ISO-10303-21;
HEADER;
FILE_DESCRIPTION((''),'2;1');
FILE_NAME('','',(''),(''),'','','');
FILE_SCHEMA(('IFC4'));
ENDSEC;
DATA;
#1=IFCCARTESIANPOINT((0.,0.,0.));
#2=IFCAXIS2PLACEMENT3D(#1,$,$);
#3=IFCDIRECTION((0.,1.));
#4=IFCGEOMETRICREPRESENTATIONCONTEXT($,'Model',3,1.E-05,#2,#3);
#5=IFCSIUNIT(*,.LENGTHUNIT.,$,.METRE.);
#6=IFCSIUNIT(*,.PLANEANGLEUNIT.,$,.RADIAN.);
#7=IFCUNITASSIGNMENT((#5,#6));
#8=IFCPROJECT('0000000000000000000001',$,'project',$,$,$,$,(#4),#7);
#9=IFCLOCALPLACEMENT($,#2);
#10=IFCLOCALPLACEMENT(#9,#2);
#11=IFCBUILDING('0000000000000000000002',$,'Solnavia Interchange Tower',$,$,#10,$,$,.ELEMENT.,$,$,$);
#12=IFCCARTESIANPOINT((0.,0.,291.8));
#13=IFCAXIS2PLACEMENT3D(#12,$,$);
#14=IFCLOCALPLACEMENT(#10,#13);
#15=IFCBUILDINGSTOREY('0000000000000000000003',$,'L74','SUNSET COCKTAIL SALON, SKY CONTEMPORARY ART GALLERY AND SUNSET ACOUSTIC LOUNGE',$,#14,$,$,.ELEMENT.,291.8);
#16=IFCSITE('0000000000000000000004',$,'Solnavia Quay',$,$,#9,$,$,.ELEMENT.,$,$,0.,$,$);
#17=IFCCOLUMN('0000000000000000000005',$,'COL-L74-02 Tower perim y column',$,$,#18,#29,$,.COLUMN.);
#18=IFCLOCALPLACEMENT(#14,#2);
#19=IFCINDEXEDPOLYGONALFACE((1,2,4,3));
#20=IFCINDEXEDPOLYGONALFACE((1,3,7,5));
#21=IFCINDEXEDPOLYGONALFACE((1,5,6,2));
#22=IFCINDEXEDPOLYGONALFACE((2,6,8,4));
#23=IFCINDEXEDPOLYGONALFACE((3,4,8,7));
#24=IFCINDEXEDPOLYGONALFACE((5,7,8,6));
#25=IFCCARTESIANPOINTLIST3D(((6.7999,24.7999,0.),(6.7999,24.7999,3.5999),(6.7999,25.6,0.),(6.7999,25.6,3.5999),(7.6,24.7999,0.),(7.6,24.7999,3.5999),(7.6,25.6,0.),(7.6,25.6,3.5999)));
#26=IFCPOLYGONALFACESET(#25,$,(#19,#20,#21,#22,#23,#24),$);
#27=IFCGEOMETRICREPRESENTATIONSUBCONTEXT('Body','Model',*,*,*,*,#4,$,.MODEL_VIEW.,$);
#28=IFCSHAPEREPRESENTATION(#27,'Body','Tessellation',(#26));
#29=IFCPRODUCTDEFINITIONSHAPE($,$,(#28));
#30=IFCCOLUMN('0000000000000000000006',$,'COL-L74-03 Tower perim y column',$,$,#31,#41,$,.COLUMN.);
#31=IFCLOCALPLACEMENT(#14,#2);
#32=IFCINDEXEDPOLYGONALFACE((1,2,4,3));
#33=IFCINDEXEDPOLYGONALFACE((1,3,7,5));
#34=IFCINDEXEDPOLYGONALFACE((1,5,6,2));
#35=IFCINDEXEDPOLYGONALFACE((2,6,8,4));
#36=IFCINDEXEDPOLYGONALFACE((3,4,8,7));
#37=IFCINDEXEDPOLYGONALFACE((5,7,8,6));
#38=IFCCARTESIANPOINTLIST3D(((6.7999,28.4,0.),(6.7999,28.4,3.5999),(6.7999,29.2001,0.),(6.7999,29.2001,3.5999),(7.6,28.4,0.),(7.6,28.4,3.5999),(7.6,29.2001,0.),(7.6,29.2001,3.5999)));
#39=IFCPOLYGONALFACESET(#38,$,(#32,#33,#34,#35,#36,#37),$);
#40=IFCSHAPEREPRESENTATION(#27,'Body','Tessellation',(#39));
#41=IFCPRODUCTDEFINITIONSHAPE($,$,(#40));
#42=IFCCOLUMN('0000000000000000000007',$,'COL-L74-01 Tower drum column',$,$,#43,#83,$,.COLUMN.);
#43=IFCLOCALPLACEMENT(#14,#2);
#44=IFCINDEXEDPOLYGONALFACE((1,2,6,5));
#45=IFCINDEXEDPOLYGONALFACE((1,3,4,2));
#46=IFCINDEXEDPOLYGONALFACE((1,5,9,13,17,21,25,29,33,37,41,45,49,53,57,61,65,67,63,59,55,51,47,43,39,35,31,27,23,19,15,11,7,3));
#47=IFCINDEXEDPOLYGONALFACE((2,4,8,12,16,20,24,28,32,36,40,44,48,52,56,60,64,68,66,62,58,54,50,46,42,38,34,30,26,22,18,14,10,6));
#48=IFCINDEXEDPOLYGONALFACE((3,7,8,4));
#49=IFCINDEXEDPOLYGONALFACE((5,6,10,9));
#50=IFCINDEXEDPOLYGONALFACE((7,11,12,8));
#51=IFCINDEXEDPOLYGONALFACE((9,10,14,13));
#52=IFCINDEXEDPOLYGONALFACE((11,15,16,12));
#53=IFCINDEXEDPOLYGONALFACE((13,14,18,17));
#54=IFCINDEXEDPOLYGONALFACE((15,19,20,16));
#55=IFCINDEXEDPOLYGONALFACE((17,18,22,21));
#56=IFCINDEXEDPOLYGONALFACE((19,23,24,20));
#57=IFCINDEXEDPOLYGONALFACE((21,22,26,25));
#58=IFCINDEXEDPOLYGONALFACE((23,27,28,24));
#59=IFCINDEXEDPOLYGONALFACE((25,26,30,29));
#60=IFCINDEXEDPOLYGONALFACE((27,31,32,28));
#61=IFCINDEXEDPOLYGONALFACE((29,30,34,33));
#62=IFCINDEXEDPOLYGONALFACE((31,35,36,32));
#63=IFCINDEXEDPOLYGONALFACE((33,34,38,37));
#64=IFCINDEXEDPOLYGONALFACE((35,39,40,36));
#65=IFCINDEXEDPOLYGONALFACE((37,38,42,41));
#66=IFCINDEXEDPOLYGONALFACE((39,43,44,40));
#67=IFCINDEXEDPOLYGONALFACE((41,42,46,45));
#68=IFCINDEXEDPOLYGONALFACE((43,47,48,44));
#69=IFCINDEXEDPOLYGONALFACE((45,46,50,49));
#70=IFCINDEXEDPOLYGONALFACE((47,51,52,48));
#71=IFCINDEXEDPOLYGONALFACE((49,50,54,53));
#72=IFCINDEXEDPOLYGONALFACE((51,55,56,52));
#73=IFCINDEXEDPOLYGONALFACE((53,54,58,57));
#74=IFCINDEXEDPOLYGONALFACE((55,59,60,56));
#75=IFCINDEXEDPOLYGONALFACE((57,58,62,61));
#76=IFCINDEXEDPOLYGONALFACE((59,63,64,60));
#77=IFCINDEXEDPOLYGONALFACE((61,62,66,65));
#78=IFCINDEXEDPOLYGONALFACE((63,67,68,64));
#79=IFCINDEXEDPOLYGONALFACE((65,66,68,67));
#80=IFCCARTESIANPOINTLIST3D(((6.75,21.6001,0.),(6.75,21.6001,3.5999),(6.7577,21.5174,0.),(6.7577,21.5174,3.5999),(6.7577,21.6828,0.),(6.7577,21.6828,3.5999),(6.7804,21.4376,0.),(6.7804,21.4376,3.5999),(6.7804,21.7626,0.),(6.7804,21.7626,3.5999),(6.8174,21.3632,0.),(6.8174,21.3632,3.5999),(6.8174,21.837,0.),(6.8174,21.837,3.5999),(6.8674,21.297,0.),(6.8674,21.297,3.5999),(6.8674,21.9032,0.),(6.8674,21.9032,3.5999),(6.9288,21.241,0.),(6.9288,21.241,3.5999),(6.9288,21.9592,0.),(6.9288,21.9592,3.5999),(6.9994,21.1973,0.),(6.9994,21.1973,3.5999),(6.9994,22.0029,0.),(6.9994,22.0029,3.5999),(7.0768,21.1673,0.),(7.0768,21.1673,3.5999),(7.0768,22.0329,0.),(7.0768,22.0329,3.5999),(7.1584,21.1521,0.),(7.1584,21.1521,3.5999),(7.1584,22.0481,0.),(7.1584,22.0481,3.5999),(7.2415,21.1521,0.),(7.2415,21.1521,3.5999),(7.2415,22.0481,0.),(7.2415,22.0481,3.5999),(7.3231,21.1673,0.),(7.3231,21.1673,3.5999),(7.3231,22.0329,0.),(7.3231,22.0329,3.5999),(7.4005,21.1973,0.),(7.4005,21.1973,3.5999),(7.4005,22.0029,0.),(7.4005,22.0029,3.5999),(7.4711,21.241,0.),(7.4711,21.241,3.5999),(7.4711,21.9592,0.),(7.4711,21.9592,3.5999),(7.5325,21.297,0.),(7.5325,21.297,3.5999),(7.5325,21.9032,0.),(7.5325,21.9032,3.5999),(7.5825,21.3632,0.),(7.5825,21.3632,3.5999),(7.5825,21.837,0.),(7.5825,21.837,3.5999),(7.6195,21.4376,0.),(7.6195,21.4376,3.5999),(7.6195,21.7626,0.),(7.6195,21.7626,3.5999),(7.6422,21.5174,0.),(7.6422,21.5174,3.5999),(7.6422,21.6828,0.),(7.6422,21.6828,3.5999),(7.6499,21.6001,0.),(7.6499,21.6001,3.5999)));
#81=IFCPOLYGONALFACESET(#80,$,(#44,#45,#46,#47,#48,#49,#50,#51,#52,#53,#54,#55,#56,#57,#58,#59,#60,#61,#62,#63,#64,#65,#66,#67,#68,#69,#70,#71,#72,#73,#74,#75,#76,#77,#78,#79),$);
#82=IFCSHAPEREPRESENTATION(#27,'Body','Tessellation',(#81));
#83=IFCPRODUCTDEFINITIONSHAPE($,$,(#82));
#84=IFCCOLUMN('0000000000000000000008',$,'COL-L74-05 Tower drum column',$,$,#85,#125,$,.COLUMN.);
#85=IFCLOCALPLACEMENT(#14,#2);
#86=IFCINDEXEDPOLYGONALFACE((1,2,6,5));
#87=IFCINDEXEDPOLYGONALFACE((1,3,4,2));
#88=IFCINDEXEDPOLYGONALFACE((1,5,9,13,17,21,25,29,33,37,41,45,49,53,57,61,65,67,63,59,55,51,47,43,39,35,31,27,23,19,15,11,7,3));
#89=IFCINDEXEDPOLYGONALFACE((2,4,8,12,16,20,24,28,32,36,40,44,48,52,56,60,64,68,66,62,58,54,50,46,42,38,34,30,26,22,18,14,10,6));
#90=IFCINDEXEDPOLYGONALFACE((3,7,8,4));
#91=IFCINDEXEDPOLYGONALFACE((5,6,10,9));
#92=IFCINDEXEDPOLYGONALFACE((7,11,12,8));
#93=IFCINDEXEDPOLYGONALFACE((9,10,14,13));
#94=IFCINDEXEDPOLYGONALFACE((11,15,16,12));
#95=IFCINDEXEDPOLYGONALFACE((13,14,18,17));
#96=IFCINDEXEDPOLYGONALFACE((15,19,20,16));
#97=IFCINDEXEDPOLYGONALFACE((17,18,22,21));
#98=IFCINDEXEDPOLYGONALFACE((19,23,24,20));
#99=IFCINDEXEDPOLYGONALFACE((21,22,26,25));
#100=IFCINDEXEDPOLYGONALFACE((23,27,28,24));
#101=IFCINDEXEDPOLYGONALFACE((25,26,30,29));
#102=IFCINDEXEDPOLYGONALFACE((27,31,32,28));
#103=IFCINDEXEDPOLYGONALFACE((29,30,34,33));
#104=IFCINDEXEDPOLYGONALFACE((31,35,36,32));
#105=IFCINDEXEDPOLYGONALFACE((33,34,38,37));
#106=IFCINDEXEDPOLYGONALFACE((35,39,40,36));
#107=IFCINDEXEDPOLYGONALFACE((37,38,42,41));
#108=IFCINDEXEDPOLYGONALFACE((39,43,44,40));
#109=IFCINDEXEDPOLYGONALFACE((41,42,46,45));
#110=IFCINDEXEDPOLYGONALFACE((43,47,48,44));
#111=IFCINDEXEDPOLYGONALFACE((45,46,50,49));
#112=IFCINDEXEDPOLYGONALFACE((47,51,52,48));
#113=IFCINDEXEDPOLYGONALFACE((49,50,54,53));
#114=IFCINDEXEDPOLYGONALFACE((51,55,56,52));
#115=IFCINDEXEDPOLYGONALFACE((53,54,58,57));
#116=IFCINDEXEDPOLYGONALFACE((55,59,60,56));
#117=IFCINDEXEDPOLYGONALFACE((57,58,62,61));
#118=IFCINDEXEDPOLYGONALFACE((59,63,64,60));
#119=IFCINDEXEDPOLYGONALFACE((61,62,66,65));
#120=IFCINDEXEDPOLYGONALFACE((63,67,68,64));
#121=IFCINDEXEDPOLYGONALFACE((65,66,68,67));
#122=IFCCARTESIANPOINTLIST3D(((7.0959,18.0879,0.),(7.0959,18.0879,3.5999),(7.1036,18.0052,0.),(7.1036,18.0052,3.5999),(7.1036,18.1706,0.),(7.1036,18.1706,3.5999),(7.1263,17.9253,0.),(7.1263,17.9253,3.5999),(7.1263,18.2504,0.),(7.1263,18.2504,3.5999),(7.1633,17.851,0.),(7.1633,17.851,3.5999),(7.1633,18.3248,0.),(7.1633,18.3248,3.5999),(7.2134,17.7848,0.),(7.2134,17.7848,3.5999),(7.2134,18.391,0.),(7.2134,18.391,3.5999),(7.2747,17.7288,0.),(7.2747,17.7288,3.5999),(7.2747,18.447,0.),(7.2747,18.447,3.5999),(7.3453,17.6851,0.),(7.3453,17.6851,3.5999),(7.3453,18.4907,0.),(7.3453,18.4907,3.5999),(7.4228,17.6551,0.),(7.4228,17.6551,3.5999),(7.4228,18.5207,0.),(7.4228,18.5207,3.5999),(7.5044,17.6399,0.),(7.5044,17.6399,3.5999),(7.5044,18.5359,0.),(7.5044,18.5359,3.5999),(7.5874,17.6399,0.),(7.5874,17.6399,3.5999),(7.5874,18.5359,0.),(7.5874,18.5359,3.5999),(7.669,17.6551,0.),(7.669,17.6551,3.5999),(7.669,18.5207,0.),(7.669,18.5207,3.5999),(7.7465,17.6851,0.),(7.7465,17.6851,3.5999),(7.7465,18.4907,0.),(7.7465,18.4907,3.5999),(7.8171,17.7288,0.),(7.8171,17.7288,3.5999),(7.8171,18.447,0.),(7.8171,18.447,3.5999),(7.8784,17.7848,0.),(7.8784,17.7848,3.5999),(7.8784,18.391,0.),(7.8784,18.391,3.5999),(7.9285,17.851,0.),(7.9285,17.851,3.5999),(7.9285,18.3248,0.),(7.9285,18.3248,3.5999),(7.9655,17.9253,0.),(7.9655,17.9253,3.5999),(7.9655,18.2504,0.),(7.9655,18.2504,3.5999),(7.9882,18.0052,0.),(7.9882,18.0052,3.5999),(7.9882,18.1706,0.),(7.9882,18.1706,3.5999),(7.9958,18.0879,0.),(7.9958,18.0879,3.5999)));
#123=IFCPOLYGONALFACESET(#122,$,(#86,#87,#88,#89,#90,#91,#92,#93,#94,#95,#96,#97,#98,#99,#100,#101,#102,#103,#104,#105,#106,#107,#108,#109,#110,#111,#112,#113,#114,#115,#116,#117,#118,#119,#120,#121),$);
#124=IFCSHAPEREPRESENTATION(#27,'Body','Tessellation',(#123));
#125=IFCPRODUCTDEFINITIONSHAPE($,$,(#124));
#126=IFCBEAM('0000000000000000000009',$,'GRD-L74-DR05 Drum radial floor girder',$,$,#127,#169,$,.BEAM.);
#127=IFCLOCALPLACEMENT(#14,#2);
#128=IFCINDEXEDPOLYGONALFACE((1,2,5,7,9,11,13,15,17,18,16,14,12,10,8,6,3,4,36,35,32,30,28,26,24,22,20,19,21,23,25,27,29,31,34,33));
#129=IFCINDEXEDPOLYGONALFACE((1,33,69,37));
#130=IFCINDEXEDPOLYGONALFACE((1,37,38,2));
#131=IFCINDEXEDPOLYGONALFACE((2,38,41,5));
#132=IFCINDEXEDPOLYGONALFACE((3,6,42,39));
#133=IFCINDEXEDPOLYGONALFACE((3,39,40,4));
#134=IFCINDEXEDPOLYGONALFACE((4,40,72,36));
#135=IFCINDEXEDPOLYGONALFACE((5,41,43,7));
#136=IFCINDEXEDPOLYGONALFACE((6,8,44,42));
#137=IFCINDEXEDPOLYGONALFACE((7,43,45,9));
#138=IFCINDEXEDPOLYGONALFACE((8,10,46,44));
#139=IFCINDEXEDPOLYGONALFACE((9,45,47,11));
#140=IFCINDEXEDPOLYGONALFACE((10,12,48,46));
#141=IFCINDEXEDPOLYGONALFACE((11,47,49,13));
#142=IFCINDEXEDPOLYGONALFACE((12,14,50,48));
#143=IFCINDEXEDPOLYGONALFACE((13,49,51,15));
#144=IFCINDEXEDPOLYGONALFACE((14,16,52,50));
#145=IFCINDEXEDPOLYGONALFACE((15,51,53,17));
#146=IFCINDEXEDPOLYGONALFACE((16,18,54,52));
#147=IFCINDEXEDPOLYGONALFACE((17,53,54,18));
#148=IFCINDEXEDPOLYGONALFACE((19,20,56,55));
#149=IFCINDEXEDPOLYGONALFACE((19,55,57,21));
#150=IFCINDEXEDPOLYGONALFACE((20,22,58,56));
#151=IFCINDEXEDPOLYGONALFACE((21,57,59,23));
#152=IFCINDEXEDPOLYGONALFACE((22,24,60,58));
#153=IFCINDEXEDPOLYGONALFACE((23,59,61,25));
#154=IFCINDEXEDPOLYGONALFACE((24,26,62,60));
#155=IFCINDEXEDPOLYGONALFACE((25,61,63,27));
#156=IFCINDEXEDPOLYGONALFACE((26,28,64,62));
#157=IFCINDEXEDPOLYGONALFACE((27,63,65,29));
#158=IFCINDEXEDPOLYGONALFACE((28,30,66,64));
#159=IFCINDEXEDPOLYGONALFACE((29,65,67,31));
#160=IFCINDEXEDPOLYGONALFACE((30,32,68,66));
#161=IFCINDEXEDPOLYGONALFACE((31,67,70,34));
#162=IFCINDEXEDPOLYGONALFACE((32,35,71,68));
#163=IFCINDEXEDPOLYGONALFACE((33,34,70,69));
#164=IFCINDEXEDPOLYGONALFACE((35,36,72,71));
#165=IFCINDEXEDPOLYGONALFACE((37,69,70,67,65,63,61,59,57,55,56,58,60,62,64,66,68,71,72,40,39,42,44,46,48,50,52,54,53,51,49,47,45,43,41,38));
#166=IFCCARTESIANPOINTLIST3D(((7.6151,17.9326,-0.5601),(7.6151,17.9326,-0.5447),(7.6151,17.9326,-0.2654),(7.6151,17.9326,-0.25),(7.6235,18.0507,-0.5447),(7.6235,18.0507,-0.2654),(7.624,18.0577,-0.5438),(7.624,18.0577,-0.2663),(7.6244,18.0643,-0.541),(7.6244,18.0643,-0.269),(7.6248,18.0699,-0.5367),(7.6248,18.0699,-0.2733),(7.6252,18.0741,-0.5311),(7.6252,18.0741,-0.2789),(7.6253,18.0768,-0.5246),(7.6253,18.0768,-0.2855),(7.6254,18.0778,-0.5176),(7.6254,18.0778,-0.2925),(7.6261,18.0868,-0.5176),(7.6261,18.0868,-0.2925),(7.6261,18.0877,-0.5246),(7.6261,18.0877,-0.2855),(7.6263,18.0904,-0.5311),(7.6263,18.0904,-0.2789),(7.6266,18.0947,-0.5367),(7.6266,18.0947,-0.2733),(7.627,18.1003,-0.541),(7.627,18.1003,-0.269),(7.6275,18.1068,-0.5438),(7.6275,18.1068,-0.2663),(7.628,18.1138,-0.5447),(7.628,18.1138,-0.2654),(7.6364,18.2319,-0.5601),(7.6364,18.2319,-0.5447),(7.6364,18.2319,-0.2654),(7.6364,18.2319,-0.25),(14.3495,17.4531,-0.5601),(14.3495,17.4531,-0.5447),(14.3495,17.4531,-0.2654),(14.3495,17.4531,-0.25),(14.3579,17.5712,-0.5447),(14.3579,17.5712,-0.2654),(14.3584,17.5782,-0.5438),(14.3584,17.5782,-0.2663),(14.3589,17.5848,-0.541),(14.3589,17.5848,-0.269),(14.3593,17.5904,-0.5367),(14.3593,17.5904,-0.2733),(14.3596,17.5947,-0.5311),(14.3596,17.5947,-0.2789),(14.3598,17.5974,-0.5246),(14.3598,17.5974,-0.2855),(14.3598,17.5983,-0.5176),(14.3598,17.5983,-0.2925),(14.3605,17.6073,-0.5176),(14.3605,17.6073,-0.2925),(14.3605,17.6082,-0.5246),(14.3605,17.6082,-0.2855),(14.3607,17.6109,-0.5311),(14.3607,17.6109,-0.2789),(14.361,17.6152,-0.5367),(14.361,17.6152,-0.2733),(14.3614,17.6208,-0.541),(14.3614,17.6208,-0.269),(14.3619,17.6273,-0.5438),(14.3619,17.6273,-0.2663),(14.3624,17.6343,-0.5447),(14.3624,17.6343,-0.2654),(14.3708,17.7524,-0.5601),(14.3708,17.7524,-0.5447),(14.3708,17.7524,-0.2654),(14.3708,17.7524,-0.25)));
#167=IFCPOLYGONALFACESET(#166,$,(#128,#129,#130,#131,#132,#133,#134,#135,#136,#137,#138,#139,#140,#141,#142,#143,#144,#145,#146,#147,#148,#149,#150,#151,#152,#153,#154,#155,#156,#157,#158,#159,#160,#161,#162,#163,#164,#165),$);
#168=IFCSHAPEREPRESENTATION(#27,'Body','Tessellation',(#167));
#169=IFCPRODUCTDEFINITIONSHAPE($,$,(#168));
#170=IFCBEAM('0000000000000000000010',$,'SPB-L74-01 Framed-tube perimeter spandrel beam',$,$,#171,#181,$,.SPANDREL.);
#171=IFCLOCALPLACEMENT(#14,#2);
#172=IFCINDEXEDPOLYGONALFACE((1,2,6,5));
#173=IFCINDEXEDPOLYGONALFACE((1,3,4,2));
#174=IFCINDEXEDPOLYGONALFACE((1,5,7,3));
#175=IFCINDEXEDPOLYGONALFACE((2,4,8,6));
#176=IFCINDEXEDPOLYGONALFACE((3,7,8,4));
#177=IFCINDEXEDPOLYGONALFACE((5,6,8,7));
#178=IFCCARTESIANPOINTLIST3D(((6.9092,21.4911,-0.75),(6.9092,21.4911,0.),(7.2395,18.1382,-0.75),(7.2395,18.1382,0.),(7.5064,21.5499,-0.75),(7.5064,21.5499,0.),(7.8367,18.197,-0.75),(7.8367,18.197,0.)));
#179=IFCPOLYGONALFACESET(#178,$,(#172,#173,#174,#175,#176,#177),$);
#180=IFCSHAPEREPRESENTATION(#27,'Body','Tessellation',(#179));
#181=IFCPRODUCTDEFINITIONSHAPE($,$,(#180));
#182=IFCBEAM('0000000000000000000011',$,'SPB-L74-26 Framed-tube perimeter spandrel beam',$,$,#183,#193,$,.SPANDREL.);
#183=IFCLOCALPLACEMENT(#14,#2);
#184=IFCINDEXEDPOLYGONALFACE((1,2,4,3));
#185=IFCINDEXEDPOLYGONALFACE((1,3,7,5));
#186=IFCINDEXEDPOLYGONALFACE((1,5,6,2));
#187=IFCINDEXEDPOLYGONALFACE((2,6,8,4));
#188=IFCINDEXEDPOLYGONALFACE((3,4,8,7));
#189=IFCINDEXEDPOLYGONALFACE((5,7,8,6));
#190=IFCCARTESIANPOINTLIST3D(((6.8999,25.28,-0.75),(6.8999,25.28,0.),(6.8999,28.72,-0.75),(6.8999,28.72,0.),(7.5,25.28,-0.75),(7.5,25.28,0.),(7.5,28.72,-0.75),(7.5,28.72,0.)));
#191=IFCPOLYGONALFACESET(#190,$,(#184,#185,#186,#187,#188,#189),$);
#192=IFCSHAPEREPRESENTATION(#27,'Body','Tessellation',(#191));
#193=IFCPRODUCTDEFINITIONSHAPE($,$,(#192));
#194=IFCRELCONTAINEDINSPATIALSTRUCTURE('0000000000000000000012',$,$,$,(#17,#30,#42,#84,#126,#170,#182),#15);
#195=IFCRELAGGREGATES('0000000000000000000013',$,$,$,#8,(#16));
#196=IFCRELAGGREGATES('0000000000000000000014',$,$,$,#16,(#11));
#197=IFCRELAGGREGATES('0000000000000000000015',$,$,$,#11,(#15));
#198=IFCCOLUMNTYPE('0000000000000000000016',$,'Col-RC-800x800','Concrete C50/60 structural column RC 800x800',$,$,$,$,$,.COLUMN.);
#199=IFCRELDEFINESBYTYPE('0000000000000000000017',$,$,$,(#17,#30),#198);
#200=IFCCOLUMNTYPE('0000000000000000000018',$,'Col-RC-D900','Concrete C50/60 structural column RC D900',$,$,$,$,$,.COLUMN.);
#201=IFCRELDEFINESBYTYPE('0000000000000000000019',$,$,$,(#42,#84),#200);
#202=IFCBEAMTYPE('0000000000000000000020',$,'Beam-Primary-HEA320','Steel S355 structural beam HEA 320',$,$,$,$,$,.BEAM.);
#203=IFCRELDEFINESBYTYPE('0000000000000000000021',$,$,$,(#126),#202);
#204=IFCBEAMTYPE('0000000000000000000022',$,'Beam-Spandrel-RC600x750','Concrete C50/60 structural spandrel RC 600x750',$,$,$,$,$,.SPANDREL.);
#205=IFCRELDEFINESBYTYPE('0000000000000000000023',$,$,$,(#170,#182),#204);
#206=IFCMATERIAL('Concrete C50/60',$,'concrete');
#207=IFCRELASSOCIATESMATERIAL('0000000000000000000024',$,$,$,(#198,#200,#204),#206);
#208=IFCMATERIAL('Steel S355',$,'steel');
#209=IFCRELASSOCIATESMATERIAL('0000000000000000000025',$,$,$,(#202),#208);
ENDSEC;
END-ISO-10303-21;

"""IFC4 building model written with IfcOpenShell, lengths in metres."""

from ifc_helpers import new_model, si_unit, direction, frame, origin, origin_2d, place, context, subcontext, project, spatial, rectangle, circle, i_section, extrude, material, material_profile, profile_set, type_object, element, save


model = new_model("IFC4")

# Units and contexts
model_context = context("Model", 3, precision=1e-05, world=origin(), true_north=direction((0.0, 1.0)))
body_context = subcontext(model_context, "Body", "Model", "MODEL_VIEW")
ifc_project = project(units=[si_unit("LENGTHUNIT", "METRE"), si_unit("PLANEANGLEUNIT", "RADIAN")], contexts=[model_context])

# Site, building, storey
site_placement = place(None, origin())
site = spatial("IfcSite", under=ifc_project, at=site_placement, Name="Solnavia Quay", CompositionType="ELEMENT", RefElevation=0.0)
building_placement = place(site_placement, origin())
building = spatial("IfcBuilding", under=site, at=building_placement, Name="Solnavia Interchange Tower", CompositionType="ELEMENT")
storey_placement = place(building_placement, frame((0.0, 0.0, 291.8)))
storey = spatial("IfcBuildingStorey", under=building, at=storey_placement, Name="L74", Description="SUNSET COCKTAIL SALON, SKY CONTEMPORARY ART GALLERY AND SUNSET ACOUSTIC LOUNGE", CompositionType="ELEMENT", Elevation=291.8)

# Columns
ifc_material_1 = material(Name="Concrete C50/60", Category="concrete")
ifc_material_profile_1 = material_profile(ifc_material_1, rectangle(XDim=0.8, YDim=0.8, at=origin_2d()), Name="RC 800x800")
ifc_profile_set_1 = profile_set([ifc_material_profile_1], Name="Concrete C50/60")
column_type_1 = type_object("IfcColumnType", Name="Col-RC-800x800", Description="Concrete C50/60 structural column RC 800x800", PredefinedType="COLUMN", material=ifc_profile_set_1)
for number, where, z_axis, x_axis, name in (
    (1, (7.2, 25.2, 0.0), (0.0, 0.0, 1.0), (0.0, 1.0, 0.0), "COL-L74-02 Tower perim y column"),
    (2, (7.2, 28.8, 0.0), (0.0, 0.0, 1.0), (0.0, 1.0, 0.0), "COL-L74-03 Tower perim y column"),
):
    element("IfcColumn", number, at=place(storey_placement, frame(where, z_axis=z_axis, x_axis=x_axis)), inside=storey, type_object=column_type_1, Name=name, PredefinedType="COLUMN", context=body_context, shape_type="SweptSolid", body=[
        extrude(rectangle(XDim=0.8, YDim=0.8, at=origin_2d()), origin(), (0.0, 0.0, 1.0), 3.5999),
    ])
ifc_material_profile_2 = material_profile(ifc_material_1, circle(Radius=0.45, at=origin_2d()), Name="RC D900")
ifc_profile_set_2 = profile_set([ifc_material_profile_2], Name="Concrete C50/60")
column_type_2 = type_object("IfcColumnType", Name="Col-RC-D900", Description="Concrete C50/60 structural column RC D900", PredefinedType="COLUMN", material=ifc_profile_set_2)
for number, where, z_axis, x_axis, name in (
    (3, (7.2, 21.6001, 0.0), (0.0, 0.0, 1.0), (1.0, 0.0, 0.0), "COL-L74-01 Tower drum column"),
    (4, (7.5459, 18.0879, 0.0), (0.0, 0.0, 1.0), (1.0, 0.0, 0.0), "COL-L74-05 Tower drum column"),
):
    element("IfcColumn", number, at=place(storey_placement, frame(where, z_axis=z_axis, x_axis=x_axis)), inside=storey, type_object=column_type_2, Name=name, PredefinedType="COLUMN", context=body_context, shape_type="SweptSolid", body=[
        extrude(circle(Radius=0.45, at=origin_2d()), origin(), (0.0, 0.0, 1.0), 3.5999),
    ])

# Beams
ifc_material_2 = material(Name="Steel S355", Category="steel")
ifc_material_profile_3 = material_profile(ifc_material_2, i_section(OverallWidth=0.3, OverallDepth=0.3101, WebThickness=0.009, FlangeThickness=0.0154, FilletRadius=0.0271, at=origin_2d()), Name="HEA 320")
ifc_profile_set_3 = profile_set([ifc_material_profile_3], Name="Steel S355")
beam_type_1 = type_object("IfcBeamType", Name="Beam-Primary-HEA320", Description="Steel S355 structural beam HEA 320", PredefinedType="BEAM", material=ifc_profile_set_3)
beam_1_placement = place(storey_placement, frame((7.6257, 18.0823, -0.405), z_axis=(0.997475, -0.071021, 0.0), x_axis=(0.071021, 0.997475, 0.0)))
element("IfcBeam", 5, at=beam_1_placement, inside=storey, type_object=beam_type_1, Name="GRD-L74-DR05 Drum radial floor girder", PredefinedType="BEAM", context=body_context, shape_type="SweptSolid", body=[
    extrude(i_section(OverallWidth=0.3, OverallDepth=0.3101, WebThickness=0.009, FlangeThickness=0.0154, FilletRadius=0.0271, at=origin_2d()), origin(), (0.0, 0.0, 1.0), 6.7515),
])
ifc_material_profile_4 = material_profile(ifc_material_1, rectangle(XDim=0.6001, YDim=0.75, at=origin_2d()), Name="RC 600x750")
ifc_profile_set_4 = profile_set([ifc_material_profile_4], Name="Concrete C50/60")
beam_type_2 = type_object("IfcBeamType", Name="Beam-Spandrel-RC600x750", Description="Concrete C50/60 structural spandrel RC 600x750", PredefinedType="SPANDREL", material=ifc_profile_set_4)
beam_2_placement = place(storey_placement, frame((7.2078, 21.5205, -0.375), z_axis=(0.09804, -0.995182, 0.0), x_axis=(0.995182, 0.09804, 0.0)))
element("IfcBeam", 6, at=beam_2_placement, inside=storey, type_object=beam_type_2, Name="SPB-L74-01 Framed-tube perimeter spandrel beam", PredefinedType="SPANDREL", context=body_context, shape_type="SweptSolid", body=[
    extrude(rectangle(XDim=0.6001, YDim=0.75, at=origin_2d()), origin(), (0.0, 0.0, 1.0), 3.3691),
])
beam_3_placement = place(storey_placement, frame((7.2, 28.72, -0.375), z_axis=(0.0, -1.0, 0.0), x_axis=(1.0, 0.0, 0.0)))
element("IfcBeam", 7, at=beam_3_placement, inside=storey, type_object=beam_type_2, Name="SPB-L74-26 Framed-tube perimeter spandrel beam", PredefinedType="SPANDREL", context=body_context, shape_type="SweptSolid", body=[
    extrude(rectangle(XDim=0.6001, YDim=0.75, at=origin_2d()), origin(), (0.0, 0.0, 1.0), 3.4399),
])

save(model, "model.ifc")
